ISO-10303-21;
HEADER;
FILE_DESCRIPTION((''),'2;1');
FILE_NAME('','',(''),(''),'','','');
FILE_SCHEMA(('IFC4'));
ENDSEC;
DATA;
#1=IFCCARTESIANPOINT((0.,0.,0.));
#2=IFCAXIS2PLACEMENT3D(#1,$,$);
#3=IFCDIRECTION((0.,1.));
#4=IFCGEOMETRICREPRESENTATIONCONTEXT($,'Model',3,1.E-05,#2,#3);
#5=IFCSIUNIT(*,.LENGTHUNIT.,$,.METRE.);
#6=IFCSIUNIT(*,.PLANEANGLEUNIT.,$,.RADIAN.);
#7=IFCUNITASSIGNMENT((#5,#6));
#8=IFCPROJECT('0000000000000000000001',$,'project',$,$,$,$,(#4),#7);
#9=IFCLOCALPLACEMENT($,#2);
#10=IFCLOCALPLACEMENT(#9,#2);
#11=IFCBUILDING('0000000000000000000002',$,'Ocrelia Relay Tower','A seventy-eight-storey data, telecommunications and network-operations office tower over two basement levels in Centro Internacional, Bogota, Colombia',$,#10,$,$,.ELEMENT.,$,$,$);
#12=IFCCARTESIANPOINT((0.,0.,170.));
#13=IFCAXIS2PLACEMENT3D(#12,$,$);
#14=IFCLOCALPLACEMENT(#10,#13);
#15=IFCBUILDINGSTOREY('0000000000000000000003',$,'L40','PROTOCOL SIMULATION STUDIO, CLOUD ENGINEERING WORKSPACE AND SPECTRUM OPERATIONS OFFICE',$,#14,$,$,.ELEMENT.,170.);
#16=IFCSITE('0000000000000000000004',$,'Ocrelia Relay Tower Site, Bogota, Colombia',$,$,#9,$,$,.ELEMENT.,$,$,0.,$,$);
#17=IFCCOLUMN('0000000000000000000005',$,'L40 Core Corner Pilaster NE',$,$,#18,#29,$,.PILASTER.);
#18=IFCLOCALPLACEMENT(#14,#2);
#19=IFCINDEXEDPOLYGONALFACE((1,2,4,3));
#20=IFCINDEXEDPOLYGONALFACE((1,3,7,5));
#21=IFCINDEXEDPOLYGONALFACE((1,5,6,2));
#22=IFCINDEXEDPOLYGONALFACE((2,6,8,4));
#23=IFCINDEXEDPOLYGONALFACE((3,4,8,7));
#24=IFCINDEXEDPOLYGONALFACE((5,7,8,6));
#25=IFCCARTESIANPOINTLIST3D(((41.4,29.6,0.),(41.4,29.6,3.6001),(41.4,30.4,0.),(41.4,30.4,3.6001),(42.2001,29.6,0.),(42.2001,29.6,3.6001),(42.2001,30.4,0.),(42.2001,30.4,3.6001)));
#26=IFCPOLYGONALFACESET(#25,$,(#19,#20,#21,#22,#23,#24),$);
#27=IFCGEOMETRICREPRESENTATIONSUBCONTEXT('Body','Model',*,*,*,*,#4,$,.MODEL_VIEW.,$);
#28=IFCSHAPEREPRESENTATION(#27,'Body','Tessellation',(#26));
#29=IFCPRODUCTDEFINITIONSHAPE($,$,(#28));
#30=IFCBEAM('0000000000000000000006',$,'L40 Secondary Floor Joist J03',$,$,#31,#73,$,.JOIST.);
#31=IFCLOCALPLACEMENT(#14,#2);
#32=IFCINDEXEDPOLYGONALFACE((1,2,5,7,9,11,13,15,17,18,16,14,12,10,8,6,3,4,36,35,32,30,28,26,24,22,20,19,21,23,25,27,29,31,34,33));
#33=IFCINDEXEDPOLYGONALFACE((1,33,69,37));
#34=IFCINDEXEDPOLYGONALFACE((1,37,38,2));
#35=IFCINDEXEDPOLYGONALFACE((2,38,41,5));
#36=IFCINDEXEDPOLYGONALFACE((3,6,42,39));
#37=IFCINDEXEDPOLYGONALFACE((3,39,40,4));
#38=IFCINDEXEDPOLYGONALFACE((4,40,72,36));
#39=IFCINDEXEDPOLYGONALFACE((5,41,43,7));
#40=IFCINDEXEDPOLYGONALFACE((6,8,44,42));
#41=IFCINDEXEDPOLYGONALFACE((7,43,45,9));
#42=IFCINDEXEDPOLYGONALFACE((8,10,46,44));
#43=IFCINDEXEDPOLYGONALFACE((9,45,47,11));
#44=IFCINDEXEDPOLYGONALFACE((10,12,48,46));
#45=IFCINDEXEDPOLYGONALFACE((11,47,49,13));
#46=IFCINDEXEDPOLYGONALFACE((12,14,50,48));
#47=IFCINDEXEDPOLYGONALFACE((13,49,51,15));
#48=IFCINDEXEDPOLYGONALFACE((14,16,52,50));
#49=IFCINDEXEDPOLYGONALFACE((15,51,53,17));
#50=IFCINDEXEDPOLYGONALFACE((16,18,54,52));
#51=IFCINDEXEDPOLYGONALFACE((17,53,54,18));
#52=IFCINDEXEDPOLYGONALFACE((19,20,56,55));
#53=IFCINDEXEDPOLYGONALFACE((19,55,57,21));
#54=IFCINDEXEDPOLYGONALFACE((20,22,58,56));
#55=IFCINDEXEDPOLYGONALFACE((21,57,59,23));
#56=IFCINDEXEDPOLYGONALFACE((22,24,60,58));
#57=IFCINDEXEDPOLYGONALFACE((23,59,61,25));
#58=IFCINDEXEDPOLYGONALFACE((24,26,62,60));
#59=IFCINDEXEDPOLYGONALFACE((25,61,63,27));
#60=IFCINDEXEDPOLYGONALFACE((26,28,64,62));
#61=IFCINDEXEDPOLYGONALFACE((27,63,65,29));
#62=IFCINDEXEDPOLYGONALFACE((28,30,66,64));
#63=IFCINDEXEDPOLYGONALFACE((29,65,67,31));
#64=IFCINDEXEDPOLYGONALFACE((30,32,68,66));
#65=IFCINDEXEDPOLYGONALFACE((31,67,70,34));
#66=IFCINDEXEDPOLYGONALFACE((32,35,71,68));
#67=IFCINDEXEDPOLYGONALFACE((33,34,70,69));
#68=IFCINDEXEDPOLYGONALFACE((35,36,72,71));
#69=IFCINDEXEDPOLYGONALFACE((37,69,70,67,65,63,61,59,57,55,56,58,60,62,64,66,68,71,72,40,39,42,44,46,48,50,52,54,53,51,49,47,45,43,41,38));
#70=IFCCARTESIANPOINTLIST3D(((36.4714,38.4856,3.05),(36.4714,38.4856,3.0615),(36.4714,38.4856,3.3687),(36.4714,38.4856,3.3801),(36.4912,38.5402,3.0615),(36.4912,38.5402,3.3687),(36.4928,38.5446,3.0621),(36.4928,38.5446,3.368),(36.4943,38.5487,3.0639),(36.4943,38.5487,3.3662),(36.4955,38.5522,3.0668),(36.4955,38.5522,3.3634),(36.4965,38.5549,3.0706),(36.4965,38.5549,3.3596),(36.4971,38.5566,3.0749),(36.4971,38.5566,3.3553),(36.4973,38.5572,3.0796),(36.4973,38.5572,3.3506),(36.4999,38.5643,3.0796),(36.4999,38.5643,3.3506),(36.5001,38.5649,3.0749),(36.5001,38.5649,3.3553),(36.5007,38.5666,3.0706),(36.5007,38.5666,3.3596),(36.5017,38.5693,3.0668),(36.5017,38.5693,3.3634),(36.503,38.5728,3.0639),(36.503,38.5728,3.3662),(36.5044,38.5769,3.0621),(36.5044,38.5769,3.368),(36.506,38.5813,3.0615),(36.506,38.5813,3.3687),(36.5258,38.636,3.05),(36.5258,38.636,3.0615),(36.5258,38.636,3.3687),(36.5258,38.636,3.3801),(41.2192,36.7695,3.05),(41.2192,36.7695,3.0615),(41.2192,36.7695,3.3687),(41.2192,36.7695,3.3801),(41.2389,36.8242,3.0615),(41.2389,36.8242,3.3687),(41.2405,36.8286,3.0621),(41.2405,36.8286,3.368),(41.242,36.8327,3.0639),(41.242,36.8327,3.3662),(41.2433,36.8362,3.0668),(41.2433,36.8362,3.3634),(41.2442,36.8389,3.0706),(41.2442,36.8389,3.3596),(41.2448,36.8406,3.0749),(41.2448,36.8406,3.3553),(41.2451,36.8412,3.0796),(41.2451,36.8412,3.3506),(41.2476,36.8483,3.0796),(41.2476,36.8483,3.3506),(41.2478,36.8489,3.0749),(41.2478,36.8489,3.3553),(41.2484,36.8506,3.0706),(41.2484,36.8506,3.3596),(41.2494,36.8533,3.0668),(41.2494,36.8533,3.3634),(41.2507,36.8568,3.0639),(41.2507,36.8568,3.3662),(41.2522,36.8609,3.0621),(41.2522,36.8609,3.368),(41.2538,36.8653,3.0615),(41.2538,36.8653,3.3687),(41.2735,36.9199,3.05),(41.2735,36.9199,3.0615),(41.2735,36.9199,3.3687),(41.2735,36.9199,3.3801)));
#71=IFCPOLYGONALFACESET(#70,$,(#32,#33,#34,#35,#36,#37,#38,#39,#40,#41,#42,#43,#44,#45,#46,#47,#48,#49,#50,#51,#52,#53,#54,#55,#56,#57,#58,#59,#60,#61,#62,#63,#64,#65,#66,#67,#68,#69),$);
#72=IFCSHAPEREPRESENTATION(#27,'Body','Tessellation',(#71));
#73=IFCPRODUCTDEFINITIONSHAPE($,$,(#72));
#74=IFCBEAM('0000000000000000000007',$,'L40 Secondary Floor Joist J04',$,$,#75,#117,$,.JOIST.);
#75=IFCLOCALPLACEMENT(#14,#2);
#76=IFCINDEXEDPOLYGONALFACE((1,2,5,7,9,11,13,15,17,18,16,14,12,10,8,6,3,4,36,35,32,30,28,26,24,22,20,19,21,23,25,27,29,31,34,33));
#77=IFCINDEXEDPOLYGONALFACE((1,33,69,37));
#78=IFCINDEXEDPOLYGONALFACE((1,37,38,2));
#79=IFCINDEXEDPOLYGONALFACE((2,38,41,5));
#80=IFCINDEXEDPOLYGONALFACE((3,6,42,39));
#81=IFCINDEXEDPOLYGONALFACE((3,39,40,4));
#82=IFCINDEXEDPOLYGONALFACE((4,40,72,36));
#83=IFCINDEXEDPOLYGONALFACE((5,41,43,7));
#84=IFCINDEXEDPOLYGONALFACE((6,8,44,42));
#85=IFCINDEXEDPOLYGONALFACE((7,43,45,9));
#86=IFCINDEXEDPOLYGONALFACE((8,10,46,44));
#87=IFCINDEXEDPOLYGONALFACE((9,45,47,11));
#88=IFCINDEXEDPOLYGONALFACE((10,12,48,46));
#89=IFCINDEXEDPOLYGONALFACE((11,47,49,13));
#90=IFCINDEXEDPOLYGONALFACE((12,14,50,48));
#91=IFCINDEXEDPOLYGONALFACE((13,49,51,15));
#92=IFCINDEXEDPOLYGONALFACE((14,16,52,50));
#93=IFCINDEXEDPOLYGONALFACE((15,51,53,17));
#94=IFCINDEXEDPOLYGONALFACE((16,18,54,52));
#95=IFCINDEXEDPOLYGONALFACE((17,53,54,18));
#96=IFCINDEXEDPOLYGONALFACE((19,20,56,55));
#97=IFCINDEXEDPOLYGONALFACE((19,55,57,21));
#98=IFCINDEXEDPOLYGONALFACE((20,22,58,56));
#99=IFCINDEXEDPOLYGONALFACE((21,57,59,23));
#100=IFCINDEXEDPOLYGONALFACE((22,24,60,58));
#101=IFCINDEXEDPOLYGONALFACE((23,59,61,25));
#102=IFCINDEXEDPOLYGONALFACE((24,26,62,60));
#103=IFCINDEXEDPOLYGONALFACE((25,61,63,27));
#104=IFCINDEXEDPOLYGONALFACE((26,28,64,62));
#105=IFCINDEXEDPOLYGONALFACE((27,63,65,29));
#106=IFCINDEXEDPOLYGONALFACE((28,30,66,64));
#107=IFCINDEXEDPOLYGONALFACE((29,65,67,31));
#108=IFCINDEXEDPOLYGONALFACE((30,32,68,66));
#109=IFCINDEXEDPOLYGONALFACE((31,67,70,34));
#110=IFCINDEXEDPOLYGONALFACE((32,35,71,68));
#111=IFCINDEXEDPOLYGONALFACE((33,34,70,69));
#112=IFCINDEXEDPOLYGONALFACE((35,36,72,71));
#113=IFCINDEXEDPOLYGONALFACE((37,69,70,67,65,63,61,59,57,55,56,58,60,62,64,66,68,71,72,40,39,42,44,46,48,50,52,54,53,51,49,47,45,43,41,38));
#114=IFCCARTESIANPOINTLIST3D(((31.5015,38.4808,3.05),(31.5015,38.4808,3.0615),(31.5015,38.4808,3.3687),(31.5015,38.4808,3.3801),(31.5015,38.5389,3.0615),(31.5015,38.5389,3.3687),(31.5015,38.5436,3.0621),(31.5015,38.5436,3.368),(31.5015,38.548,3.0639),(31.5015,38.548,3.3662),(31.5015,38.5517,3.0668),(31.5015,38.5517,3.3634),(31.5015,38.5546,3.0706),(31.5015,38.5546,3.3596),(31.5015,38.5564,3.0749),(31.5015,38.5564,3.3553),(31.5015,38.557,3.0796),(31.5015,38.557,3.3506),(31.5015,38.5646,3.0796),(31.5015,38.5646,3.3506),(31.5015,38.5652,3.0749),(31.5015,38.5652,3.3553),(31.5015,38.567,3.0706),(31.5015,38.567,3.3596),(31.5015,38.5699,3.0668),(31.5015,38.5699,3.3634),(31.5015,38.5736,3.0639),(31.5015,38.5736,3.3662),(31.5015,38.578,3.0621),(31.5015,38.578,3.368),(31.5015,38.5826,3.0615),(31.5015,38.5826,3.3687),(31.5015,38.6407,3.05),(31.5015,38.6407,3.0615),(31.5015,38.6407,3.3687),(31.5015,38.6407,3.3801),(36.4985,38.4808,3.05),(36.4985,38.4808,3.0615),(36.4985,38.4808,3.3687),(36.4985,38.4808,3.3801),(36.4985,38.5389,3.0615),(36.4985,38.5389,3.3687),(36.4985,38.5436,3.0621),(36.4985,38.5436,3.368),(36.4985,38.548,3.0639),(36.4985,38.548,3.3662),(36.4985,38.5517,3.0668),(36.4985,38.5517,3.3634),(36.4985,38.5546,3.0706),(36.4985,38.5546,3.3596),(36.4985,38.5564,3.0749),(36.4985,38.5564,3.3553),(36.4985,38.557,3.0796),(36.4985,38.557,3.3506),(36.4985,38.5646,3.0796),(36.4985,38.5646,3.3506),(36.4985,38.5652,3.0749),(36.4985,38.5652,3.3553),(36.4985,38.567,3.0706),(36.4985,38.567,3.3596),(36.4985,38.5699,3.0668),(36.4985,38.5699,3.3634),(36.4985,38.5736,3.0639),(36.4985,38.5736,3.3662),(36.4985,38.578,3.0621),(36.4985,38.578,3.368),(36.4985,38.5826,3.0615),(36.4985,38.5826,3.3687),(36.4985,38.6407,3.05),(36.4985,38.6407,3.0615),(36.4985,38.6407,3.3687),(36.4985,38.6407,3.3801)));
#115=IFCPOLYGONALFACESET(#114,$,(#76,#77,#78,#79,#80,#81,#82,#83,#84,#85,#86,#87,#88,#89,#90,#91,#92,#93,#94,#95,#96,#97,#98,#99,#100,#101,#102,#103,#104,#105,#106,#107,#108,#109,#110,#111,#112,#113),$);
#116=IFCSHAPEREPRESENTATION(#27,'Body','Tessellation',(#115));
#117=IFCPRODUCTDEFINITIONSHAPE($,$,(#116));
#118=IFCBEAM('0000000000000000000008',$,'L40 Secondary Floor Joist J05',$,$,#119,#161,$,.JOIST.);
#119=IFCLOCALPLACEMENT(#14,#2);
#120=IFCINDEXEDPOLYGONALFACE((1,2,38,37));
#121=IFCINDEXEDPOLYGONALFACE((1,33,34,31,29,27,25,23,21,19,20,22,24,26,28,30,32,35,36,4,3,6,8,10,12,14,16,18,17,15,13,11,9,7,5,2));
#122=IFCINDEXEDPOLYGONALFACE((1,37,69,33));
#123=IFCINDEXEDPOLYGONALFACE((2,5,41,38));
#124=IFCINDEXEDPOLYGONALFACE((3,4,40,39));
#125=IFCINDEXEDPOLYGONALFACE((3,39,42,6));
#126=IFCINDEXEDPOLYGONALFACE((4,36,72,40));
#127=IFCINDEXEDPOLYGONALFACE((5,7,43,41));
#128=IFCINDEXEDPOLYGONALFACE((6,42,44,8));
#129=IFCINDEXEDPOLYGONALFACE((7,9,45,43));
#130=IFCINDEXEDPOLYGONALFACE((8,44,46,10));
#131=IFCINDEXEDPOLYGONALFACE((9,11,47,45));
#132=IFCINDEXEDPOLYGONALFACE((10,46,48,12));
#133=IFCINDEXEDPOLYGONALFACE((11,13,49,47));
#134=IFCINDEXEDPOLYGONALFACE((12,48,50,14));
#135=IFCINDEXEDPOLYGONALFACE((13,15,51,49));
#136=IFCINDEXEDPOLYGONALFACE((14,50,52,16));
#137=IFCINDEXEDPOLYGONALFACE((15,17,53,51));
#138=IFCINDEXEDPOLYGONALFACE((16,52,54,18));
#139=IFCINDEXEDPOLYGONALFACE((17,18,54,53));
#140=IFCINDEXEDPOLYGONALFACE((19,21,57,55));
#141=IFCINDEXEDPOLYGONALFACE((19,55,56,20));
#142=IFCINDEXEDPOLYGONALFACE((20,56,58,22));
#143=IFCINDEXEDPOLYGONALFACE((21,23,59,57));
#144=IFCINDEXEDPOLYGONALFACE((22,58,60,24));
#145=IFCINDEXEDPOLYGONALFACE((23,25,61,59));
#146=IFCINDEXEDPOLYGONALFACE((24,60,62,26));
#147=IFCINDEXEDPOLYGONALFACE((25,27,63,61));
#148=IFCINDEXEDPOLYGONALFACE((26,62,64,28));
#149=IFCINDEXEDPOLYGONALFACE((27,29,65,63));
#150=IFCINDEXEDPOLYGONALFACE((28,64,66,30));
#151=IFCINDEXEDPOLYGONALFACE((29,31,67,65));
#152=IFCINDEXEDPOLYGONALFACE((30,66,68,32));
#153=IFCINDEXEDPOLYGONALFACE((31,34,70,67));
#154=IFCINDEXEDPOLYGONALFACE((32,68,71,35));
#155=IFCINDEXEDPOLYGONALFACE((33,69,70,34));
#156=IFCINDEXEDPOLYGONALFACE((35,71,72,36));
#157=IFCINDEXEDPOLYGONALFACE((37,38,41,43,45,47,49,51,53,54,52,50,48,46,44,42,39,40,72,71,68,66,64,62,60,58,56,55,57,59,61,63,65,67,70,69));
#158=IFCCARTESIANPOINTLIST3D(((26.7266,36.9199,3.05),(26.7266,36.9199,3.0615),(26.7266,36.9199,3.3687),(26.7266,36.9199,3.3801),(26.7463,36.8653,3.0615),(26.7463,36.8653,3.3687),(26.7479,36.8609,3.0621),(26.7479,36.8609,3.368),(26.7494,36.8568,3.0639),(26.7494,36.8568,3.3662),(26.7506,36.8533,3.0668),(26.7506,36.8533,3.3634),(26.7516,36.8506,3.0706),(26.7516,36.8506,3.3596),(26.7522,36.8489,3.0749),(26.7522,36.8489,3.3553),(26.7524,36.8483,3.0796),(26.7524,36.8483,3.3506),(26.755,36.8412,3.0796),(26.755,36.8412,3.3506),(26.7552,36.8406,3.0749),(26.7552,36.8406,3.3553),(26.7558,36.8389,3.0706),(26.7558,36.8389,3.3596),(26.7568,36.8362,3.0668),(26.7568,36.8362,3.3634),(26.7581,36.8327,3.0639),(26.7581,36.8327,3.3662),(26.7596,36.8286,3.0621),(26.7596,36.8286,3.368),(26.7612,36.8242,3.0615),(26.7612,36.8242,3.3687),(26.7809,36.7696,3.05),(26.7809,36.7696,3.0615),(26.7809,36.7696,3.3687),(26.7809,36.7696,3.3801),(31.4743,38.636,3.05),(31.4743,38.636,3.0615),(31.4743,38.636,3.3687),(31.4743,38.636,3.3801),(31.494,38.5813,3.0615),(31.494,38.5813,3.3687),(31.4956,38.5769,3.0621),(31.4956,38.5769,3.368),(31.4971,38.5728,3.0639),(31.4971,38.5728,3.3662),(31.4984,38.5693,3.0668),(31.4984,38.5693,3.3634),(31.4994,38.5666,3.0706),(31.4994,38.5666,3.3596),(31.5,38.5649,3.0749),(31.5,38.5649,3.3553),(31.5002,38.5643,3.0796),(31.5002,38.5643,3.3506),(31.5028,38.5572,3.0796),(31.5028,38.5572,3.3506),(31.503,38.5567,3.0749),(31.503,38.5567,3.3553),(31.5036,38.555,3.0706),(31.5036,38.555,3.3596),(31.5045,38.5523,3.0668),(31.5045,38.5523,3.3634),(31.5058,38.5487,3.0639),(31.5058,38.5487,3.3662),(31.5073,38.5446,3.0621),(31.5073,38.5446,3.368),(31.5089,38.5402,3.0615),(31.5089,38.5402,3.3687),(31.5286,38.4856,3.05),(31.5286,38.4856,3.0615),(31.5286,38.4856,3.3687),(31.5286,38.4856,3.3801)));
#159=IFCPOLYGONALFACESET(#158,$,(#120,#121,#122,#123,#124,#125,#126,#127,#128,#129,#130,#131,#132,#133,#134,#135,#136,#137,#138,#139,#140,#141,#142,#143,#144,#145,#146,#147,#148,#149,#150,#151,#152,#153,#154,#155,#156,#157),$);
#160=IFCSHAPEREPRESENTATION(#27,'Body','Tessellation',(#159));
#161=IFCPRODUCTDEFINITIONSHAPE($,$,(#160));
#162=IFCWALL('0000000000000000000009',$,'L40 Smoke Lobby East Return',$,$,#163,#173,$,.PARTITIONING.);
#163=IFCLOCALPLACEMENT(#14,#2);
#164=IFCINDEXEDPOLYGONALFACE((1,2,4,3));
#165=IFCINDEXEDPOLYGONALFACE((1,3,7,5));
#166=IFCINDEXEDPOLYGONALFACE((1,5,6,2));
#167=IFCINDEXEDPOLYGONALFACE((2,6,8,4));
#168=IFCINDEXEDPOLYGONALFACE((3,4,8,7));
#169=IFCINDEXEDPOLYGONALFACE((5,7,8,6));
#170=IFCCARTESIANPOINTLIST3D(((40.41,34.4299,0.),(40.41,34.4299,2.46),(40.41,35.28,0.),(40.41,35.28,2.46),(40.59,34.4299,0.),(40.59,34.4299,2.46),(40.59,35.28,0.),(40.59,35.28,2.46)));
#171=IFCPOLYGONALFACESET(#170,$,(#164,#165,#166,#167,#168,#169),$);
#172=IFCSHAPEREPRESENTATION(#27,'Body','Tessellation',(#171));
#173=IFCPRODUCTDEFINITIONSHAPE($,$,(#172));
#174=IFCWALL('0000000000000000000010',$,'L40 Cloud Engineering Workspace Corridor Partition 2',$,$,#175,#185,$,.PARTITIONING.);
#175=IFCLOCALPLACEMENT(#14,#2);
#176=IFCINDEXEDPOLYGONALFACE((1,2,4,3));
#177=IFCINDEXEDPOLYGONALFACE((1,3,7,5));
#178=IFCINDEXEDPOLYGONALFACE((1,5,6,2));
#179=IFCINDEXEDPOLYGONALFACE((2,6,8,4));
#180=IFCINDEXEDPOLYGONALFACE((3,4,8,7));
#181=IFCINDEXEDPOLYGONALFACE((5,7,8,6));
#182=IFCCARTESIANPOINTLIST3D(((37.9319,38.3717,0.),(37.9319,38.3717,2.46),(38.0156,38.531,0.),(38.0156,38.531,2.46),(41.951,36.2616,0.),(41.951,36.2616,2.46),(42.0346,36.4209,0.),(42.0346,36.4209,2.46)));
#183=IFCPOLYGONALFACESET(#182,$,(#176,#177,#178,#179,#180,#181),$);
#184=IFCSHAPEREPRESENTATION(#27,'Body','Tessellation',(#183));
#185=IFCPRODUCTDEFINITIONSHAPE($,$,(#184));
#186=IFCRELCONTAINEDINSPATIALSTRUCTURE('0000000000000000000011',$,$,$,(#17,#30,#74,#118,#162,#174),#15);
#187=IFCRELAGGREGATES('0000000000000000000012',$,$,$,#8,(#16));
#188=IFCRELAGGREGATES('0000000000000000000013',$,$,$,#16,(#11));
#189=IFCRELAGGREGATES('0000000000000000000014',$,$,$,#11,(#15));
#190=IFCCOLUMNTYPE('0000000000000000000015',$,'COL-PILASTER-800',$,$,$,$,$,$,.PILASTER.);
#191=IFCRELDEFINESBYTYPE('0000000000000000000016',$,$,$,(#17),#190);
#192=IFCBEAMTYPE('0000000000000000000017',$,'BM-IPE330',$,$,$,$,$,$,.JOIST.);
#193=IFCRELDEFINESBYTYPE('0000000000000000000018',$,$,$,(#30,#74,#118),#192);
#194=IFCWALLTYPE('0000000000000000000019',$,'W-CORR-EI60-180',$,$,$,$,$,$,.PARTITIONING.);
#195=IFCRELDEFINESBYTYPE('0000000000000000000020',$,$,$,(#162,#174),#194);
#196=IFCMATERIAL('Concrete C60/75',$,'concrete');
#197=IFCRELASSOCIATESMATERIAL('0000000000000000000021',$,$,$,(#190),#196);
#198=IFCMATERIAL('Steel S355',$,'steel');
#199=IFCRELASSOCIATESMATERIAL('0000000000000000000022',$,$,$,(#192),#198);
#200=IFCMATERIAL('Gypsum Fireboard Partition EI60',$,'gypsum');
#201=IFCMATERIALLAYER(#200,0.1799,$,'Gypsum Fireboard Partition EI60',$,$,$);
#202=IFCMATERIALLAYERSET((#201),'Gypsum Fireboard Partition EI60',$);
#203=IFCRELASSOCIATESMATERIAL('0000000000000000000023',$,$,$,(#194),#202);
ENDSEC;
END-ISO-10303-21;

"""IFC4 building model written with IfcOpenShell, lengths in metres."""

from ifc_helpers import new_model, si_unit, direction, frame, frame_2d, origin, origin_2d, place, context, subcontext, project, spatial, rectangle, i_section, extrude, material, layer, layer_set, material_profile, profile_set, type_object, element, save


model = new_model("IFC4")

# Units and contexts
model_context = context("Model", 3, precision=1e-05, world=origin(), true_north=direction((0.0, 1.0)))
body_context = subcontext(model_context, "Body", "Model", "MODEL_VIEW")
ifc_project = project(units=[si_unit("LENGTHUNIT", "METRE"), si_unit("PLANEANGLEUNIT", "RADIAN")], contexts=[model_context])

# Site, building, storey
site_placement = place(None, origin())
site = spatial("IfcSite", under=ifc_project, at=site_placement, Name="Ocrelia Relay Tower Site, Bogota, Colombia", CompositionType="ELEMENT", RefElevation=0.0)
building_placement = place(site_placement, origin())
building = spatial("IfcBuilding", under=site, at=building_placement, Name="Ocrelia Relay Tower", Description="A seventy-eight-storey data, telecommunications and network-operations office tower over two basement levels in Centro Internacional, Bogota, Colombia", CompositionType="ELEMENT")
storey_placement = place(building_placement, frame((0.0, 0.0, 170.0)))
storey = spatial("IfcBuildingStorey", under=building, at=storey_placement, Name="L40", Description="PROTOCOL SIMULATION STUDIO, CLOUD ENGINEERING WORKSPACE AND SPECTRUM OPERATIONS OFFICE", CompositionType="ELEMENT", Elevation=170.0)

# Column
ifc_material_1 = material(Name="Concrete C60/75", Category="concrete")
ifc_material_profile_1 = material_profile(ifc_material_1, rectangle(XDim=0.8, YDim=0.8, at=origin_2d()), Name="RC-COL-800x800")
ifc_profile_set_1 = profile_set([ifc_material_profile_1], Name="Concrete C60/75")
column_type = type_object("IfcColumnType", Name="COL-PILASTER-800", PredefinedType="PILASTER", material=ifc_profile_set_1)
column_placement = place(storey_placement, frame((41.8, 30.0, 0.0), z_axis=(0.0, 0.0, 1.0), x_axis=(1.0, 0.0, 0.0)))
element("IfcColumn", 1, at=column_placement, inside=storey, type_object=column_type, Name="L40 Core Corner Pilaster NE", PredefinedType="PILASTER", context=body_context, shape_type="SweptSolid", body=[
    extrude(rectangle(XDim=0.8, YDim=0.8, at=origin_2d()), origin(), (0.0, 0.0, 1.0), 3.6001),
])

# Beams
ifc_material_2 = material(Name="Steel S355", Category="steel")
ifc_material_profile_2 = material_profile(ifc_material_2, i_section(OverallWidth=0.1599, OverallDepth=0.3301, WebThickness=0.0076, FlangeThickness=0.0115, FilletRadius=0.0181, at=origin_2d()), Name="IPE 330")
ifc_profile_set_2 = profile_set([ifc_material_profile_2], Name="Steel S355")
beam_type = type_object("IfcBeamType", Name="BM-IPE330", PredefinedType="JOIST", material=ifc_profile_set_2)
beam_1_placement = place(storey_placement, frame((41.2463, 36.8447, 3.2151), z_axis=(-0.940454, 0.339921, 0.0), x_axis=(-0.339921, -0.940454, 0.0)))
element("IfcBeam", 2, at=beam_1_placement, inside=storey, type_object=beam_type, Name="L40 Secondary Floor Joist J03", PredefinedType="JOIST", context=body_context, shape_type="SweptSolid", body=[
    extrude(i_section(OverallWidth=0.1599, OverallDepth=0.3301, WebThickness=0.0076, FlangeThickness=0.0115, FilletRadius=0.0181, at=origin_2d()), origin(), (0.0, 0.0, 1.0), 5.0483),
])
beam_2_placement = place(storey_placement, frame((36.4985, 38.5608, 3.2151), z_axis=(-1.0, 0.0, 0.0), x_axis=(0.0, -1.0, 0.0)))
element("IfcBeam", 3, at=beam_2_placement, inside=storey, type_object=beam_type, Name="L40 Secondary Floor Joist J04", PredefinedType="JOIST", context=body_context, shape_type="SweptSolid", body=[
    extrude(i_section(OverallWidth=0.1599, OverallDepth=0.3301, WebThickness=0.0076, FlangeThickness=0.0115, FilletRadius=0.0181, at=origin_2d()), origin(), (0.0, 0.0, 1.0), 4.9971),
])
beam_3_placement = place(storey_placement, frame((31.5015, 38.5608, 3.2151), z_axis=(-0.940454, -0.339921, 0.0), x_axis=(0.339921, -0.940454, 0.0)))
element("IfcBeam", 4, at=beam_3_placement, inside=storey, type_object=beam_type, Name="L40 Secondary Floor Joist J05", PredefinedType="JOIST", context=body_context, shape_type="SweptSolid", body=[
    extrude(i_section(OverallWidth=0.1599, OverallDepth=0.3301, WebThickness=0.0076, FlangeThickness=0.0115, FilletRadius=0.0181, at=origin_2d()), origin(), (0.0, 0.0, 1.0), 5.0483),
])

# Wall
ifc_material_3 = material(Name="Gypsum Fireboard Partition EI60", Category="gypsum")
ifc_layer_1 = layer(ifc_material_3, 0.1799, Name="Gypsum Fireboard Partition EI60")
ifc_layer_set_1 = layer_set([ifc_layer_1], Name="Gypsum Fireboard Partition EI60")
wall_type_1 = type_object("IfcWallType", Name="W-CORR-EI60-180", PredefinedType="PARTITIONING", material=ifc_layer_set_1)
wall_1_placement = place(storey_placement, frame((40.5, 35.28, 0.0), z_axis=(0.0, 0.0, 1.0), x_axis=(0.0, -1.0, 0.0)))
element("IfcWall", 5, at=wall_1_placement, inside=storey, type_object=wall_type_1, Name="L40 Smoke Lobby East Return", PredefinedType="PARTITIONING", context=body_context, shape_type="SweptSolid", body=[
    extrude(rectangle(XDim=0.8501, YDim=0.1799, at=frame_2d((0.425, 0.0))), origin(), (0.0, 0.0, 1.0), 2.46),
])

# Wall
wall_2_placement = place(storey_placement, frame((41.9927, 36.3413, 0.0), z_axis=(0.0, 0.0, 1.0), x_axis=(-0.885388, 0.464853, 0.0)))
element("IfcWall", 6, at=wall_2_placement, inside=storey, type_object=wall_type_1, Name="L40 Cloud Engineering Workspace Corridor Partition 2", PredefinedType="PARTITIONING", context=body_context, shape_type="SweptSolid", body=[
    extrude(rectangle(XDim=4.5393, YDim=0.1799, at=frame_2d((2.2695, 0.0))), origin(), (0.0, 0.0, 1.0), 2.46),
])

save(model, "model.ifc")
